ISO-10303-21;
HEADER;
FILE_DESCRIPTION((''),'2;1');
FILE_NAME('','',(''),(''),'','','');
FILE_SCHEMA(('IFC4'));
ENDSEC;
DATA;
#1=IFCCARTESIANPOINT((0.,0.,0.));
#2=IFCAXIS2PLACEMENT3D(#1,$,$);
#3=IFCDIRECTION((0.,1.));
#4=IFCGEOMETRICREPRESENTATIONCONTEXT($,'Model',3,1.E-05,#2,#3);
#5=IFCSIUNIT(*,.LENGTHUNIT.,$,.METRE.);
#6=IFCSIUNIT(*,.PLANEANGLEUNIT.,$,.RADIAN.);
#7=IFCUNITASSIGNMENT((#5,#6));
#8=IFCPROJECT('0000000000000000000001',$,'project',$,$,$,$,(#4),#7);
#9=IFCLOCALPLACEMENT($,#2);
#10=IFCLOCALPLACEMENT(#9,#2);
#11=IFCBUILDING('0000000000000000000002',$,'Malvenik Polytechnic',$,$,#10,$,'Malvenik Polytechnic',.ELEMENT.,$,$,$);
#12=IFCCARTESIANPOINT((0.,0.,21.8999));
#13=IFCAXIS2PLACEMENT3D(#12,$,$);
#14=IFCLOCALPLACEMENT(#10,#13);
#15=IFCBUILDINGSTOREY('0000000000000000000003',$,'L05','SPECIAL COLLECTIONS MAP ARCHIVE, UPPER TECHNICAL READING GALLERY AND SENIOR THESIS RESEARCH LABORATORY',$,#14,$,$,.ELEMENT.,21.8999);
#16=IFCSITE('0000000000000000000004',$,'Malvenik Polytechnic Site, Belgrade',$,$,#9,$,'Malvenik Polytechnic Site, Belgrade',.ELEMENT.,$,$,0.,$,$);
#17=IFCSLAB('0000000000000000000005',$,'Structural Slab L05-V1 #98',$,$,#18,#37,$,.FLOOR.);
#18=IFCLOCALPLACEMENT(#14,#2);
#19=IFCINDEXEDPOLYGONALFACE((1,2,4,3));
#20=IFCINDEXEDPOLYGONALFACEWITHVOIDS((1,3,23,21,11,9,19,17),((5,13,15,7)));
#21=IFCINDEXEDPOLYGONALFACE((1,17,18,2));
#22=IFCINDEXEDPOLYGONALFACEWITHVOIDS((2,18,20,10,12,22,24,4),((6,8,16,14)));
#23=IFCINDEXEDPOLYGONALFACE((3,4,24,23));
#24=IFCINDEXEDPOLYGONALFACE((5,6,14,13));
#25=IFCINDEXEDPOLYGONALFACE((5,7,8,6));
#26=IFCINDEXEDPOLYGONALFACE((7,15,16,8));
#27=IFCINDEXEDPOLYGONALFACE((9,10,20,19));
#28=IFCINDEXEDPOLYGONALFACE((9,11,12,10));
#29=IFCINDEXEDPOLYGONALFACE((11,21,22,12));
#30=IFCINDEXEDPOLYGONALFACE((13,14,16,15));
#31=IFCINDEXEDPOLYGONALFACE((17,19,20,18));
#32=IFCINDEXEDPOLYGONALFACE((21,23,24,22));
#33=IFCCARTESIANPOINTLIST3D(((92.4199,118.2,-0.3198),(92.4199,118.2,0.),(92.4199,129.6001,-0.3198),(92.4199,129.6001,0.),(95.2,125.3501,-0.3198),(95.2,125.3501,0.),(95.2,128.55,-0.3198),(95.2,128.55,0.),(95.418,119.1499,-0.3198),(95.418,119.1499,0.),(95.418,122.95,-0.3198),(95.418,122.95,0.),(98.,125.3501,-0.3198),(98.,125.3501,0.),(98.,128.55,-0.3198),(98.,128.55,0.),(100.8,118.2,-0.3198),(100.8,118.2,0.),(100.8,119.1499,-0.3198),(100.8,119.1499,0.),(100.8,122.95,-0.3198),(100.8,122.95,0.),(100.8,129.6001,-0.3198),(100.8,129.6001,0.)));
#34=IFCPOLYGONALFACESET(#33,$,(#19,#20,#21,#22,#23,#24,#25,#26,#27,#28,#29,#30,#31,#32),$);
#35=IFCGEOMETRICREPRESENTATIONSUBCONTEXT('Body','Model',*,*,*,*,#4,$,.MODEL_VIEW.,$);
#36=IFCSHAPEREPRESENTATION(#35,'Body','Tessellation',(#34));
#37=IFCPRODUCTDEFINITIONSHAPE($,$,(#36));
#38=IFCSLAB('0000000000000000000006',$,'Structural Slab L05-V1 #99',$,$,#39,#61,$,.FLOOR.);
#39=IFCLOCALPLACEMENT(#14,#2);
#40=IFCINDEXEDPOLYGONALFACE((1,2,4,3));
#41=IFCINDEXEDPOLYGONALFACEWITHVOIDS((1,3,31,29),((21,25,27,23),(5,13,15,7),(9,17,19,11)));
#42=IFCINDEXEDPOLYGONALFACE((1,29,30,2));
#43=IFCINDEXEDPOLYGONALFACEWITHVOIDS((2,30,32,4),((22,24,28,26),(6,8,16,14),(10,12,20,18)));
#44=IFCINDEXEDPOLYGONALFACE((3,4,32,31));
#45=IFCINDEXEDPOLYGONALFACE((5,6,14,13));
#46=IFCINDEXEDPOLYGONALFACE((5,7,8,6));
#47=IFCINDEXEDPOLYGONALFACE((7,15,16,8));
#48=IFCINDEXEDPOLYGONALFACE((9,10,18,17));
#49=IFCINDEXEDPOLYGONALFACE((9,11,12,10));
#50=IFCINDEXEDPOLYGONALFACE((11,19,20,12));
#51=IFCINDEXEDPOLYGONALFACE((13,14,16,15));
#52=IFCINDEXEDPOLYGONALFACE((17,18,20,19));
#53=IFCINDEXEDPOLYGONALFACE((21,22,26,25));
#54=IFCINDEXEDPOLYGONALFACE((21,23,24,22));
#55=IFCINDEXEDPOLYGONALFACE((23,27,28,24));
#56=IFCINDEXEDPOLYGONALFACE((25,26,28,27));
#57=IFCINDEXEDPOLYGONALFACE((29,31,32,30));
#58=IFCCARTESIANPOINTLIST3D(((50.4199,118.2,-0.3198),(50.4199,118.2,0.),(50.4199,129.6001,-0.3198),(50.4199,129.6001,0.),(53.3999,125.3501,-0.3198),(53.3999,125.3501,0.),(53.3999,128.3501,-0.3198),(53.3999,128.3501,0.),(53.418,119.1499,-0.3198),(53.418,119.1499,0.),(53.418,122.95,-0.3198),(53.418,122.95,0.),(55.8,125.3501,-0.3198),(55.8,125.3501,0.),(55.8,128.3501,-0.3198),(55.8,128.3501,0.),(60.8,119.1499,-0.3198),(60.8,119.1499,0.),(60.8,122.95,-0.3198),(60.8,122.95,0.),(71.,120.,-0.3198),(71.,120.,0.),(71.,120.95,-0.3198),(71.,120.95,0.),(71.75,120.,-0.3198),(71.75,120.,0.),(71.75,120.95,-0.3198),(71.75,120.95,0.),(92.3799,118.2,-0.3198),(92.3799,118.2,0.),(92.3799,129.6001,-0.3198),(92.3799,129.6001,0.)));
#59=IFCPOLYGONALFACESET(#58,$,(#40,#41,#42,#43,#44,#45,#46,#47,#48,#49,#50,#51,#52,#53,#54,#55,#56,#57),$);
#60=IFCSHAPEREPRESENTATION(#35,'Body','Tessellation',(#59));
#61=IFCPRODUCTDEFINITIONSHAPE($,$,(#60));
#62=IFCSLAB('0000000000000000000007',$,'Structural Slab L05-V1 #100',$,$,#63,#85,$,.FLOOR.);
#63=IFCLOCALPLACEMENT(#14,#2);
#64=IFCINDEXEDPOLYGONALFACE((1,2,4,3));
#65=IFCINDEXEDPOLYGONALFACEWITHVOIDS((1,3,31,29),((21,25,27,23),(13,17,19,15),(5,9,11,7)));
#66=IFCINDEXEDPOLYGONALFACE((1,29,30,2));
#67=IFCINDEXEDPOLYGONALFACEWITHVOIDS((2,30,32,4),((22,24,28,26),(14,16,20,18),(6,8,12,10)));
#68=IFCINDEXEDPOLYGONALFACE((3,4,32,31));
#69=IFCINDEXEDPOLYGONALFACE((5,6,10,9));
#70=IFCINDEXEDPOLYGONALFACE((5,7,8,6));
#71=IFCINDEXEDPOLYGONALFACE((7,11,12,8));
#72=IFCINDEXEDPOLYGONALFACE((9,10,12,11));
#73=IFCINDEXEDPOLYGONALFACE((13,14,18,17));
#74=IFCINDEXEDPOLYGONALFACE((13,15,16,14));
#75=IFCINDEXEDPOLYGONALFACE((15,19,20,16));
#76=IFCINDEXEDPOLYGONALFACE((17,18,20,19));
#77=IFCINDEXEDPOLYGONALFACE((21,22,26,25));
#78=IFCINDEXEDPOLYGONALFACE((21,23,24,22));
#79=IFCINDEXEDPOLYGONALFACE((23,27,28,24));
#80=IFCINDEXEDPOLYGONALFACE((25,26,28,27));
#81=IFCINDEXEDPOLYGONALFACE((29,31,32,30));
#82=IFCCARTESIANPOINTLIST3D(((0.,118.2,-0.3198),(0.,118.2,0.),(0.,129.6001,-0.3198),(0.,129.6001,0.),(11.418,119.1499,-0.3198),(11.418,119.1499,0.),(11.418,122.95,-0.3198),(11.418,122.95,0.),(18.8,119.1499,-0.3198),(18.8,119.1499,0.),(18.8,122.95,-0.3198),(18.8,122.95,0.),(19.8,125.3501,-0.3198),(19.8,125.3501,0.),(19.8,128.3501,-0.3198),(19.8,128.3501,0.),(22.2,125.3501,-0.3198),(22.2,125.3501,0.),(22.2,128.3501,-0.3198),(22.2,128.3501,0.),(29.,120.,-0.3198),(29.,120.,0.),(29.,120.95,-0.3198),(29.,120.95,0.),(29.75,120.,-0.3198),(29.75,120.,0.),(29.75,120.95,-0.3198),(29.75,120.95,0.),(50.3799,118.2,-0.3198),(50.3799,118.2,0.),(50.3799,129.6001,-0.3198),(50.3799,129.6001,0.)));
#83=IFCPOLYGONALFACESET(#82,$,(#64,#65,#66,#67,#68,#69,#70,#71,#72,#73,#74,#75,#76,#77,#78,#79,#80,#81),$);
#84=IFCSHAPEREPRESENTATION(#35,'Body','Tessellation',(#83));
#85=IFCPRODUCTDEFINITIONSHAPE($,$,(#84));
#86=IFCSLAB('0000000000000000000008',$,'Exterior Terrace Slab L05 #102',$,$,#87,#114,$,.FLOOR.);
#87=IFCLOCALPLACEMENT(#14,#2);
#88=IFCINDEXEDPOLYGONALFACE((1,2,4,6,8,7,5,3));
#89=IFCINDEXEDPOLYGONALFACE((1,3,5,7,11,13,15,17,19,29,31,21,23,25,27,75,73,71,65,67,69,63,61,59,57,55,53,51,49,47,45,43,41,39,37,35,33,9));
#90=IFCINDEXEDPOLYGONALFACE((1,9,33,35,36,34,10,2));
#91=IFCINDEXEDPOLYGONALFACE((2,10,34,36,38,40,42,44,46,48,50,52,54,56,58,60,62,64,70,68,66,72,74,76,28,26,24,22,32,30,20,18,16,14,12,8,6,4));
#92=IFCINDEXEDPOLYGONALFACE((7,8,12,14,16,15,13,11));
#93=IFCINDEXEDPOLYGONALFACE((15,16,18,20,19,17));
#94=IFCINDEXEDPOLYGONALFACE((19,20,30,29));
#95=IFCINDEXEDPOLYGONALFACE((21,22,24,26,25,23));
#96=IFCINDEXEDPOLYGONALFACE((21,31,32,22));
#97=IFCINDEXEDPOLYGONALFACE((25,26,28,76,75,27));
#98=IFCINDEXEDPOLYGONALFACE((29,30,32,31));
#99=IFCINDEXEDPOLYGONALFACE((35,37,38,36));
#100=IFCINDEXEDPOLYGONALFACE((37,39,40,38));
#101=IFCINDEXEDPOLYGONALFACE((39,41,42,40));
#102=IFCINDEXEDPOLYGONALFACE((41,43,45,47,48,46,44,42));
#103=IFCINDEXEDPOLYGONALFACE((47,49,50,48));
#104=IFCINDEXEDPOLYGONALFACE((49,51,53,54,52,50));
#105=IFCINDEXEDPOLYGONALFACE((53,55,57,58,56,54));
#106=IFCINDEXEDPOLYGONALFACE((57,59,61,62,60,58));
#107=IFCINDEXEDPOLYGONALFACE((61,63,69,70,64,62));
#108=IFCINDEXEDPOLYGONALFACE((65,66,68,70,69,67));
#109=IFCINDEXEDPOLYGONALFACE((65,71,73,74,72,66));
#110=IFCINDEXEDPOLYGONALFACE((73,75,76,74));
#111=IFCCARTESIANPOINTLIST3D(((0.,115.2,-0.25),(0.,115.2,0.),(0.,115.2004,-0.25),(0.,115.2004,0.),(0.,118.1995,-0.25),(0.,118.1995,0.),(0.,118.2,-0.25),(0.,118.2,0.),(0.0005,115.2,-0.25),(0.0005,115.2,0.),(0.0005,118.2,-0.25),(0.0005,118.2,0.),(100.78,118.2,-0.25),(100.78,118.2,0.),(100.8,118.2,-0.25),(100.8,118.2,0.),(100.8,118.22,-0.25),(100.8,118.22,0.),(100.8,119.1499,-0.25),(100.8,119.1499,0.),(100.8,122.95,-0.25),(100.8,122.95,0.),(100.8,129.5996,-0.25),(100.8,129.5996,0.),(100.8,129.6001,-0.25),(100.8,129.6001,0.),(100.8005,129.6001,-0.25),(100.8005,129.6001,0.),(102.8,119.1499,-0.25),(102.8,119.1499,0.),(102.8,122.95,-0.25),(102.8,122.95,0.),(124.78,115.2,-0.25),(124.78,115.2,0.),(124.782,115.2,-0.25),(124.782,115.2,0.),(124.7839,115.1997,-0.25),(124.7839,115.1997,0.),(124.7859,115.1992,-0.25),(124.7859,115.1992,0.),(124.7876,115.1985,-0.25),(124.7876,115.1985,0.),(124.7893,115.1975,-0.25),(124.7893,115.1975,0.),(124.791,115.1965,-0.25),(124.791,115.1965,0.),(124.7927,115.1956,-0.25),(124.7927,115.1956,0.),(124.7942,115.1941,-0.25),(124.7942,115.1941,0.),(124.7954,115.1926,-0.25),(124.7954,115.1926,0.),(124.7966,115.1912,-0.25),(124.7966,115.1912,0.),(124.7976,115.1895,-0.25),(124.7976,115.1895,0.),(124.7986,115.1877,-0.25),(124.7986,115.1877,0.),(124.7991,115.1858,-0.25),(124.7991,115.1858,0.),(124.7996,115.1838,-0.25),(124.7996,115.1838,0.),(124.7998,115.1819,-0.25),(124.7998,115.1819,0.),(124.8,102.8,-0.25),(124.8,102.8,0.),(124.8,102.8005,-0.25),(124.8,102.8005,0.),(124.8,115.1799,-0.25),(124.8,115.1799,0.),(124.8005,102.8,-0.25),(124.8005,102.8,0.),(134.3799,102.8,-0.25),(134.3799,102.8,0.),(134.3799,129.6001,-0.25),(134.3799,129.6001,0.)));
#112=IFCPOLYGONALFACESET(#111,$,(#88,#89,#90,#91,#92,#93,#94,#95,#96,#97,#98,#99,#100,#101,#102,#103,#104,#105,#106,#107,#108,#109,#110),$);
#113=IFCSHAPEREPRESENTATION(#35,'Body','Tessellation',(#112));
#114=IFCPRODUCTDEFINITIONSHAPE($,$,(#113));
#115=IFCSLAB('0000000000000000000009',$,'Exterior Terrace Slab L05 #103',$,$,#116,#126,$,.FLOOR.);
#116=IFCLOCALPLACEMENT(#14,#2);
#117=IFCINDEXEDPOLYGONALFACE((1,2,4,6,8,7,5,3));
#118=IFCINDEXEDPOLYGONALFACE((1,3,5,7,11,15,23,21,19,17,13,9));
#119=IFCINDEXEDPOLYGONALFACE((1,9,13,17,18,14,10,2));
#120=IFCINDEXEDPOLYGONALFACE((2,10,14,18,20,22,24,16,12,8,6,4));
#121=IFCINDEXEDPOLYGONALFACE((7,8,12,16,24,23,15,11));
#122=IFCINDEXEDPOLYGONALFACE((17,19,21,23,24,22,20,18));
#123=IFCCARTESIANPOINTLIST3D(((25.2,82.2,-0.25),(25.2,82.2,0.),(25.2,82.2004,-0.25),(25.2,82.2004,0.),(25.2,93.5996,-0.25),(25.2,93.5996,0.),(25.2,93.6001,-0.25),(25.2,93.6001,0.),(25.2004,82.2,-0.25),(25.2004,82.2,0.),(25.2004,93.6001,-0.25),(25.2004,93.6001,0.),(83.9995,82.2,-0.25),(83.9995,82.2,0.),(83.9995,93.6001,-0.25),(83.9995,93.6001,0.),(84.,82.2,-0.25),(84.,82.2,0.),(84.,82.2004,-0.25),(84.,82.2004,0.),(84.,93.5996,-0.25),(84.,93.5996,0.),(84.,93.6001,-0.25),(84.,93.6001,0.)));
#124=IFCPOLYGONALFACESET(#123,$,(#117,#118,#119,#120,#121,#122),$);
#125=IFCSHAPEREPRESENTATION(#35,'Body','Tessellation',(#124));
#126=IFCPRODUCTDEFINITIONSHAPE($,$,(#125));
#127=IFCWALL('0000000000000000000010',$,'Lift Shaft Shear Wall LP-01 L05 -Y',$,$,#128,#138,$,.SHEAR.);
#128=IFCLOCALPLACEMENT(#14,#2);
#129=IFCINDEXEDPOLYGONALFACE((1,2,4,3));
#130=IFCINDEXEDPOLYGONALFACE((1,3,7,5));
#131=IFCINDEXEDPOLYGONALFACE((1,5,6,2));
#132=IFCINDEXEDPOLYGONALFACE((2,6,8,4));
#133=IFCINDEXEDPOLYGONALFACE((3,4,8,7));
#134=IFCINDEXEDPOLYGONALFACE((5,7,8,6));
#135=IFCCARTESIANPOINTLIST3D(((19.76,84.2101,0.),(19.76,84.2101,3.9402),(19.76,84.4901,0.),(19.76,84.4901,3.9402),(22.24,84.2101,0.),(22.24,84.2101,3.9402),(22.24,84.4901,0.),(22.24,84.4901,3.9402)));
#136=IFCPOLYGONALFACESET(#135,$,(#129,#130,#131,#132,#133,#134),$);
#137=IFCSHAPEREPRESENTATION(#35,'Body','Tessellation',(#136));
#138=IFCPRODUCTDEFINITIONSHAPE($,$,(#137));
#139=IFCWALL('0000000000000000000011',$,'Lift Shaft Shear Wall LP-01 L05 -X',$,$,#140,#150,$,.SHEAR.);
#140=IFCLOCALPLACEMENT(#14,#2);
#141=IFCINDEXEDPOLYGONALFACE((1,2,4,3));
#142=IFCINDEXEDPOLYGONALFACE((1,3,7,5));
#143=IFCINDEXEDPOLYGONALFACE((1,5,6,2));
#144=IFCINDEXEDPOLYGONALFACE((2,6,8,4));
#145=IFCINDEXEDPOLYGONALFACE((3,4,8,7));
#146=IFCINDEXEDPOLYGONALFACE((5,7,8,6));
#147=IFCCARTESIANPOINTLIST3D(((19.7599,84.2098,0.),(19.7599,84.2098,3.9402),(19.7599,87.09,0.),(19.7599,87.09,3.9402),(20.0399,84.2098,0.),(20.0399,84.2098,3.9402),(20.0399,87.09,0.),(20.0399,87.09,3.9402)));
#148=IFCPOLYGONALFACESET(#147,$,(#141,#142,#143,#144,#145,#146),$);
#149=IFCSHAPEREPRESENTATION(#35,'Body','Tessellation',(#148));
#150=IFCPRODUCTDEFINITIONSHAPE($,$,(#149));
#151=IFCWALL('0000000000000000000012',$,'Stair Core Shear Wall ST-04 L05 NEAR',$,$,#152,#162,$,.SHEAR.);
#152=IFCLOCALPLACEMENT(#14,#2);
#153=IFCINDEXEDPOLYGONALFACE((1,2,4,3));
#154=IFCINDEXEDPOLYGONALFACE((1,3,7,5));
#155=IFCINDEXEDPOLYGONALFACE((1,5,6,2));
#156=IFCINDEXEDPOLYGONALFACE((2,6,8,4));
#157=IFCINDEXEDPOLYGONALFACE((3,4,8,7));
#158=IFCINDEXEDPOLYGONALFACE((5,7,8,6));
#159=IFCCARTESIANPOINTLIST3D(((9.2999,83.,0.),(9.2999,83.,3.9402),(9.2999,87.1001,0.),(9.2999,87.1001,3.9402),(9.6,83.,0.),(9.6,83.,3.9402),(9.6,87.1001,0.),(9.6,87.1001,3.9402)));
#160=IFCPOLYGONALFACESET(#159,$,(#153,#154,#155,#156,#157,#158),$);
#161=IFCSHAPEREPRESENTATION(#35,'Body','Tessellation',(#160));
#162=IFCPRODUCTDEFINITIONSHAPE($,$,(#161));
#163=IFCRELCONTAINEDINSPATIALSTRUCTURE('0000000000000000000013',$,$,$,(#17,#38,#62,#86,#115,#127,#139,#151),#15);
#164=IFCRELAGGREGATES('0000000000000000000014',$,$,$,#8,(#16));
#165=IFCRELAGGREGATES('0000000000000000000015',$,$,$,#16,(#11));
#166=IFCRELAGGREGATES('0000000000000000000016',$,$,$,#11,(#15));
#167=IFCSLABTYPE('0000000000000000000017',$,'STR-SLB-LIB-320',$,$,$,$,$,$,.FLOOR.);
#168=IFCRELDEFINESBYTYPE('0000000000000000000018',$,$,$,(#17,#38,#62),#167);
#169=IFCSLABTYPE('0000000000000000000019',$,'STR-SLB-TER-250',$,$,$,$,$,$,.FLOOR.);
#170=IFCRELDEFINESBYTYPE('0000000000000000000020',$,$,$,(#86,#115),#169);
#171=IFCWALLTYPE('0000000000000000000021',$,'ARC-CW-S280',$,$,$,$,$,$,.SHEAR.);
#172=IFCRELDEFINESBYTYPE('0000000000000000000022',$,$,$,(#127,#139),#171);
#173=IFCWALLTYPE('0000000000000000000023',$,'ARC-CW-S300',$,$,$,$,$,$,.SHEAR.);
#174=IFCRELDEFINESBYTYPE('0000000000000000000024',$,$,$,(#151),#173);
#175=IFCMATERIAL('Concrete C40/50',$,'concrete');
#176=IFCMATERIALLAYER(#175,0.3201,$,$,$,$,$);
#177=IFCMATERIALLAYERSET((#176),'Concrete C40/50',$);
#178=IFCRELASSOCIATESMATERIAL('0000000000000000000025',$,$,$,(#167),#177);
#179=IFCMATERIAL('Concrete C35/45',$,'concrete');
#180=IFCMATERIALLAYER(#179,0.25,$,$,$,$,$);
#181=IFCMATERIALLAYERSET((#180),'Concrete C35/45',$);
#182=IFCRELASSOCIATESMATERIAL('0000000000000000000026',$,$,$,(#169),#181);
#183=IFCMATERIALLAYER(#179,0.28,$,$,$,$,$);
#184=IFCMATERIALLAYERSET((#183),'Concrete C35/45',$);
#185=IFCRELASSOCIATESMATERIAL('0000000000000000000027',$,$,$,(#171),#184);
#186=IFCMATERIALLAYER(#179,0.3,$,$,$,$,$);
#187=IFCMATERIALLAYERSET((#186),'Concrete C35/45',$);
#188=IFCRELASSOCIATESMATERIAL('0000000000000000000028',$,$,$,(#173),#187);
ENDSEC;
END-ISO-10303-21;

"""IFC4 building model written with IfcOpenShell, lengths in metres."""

from ifc_helpers import new_model, si_unit, direction, frame, frame_2d, origin, place, context, subcontext, project, spatial, polyline, rectangle, outline, extrude, material, layer, layer_set, type_object, element, save


model = new_model("IFC4")

# Units and contexts
model_context = context("Model", 3, precision=1e-05, world=origin(), true_north=direction((0.0, 1.0)))
body_context = subcontext(model_context, "Body", "Model", "MODEL_VIEW")
ifc_project = project(units=[si_unit("LENGTHUNIT", "METRE"), si_unit("PLANEANGLEUNIT", "RADIAN")], contexts=[model_context])

# Site, building, storey
site_placement = place(None, origin())
site = spatial("IfcSite", under=ifc_project, at=site_placement, Name="Malvenik Polytechnic Site, Belgrade", LongName="Malvenik Polytechnic Site, Belgrade", CompositionType="ELEMENT", RefElevation=0.0)
building_placement = place(site_placement, origin())
building = spatial("IfcBuilding", under=site, at=building_placement, Name="Malvenik Polytechnic", LongName="Malvenik Polytechnic", CompositionType="ELEMENT")
storey_placement = place(building_placement, frame((0.0, 0.0, 21.8999)))
storey = spatial("IfcBuildingStorey", under=building, at=storey_placement, Name="L05", Description="SPECIAL COLLECTIONS MAP ARCHIVE, UPPER TECHNICAL READING GALLERY AND SENIOR THESIS RESEARCH LABORATORY", CompositionType="ELEMENT", Elevation=21.8999)

# Shared definitions
ifc_material_1 = material(Name="Concrete C35/45", Category="concrete")

# Slabs
ifc_material_2 = material(Name="Concrete C40/50", Category="concrete")
ifc_layer_1 = layer(ifc_material_2, 0.3201)
ifc_layer_set_1 = layer_set([ifc_layer_1], Name="Concrete C40/50")
slab_type_1 = type_object("IfcSlabType", Name="STR-SLB-LIB-320", PredefinedType="FLOOR", material=ifc_layer_set_1)
slab_1_placement = place(storey_placement, frame((0.0, 0.0, -0.3198)))
element("IfcSlab", 1, at=slab_1_placement, inside=storey, type_object=slab_type_1, Name="Structural Slab L05-V1 #98", PredefinedType="FLOOR", context=body_context, shape_type="SweptSolid", body=[
    extrude(outline(polyline([(92.4199, 118.2), (92.4199, 129.6001), (100.8, 129.6001), (100.8, 122.95), (95.418, 122.95), (95.418, 119.1499), (100.8, 119.1499), (100.8, 118.2), (92.4199, 118.2)]), holes=[polyline([(95.2, 128.55), (95.2, 125.3501), (98.0, 125.3501), (98.0, 128.55), (95.2, 128.55)])]), origin(), (0.0, 0.0, 1.0), 0.3198),
])
slab_2_placement = place(storey_placement, frame((0.0, 0.0, -0.3198)))
element("IfcSlab", 2, at=slab_2_placement, inside=storey, type_object=slab_type_1, Name="Structural Slab L05-V1 #99", PredefinedType="FLOOR", context=body_context, shape_type="SweptSolid", body=[
    extrude(outline(polyline([(50.4199, 118.2), (50.4199, 129.6001), (92.3799, 129.6001), (92.3799, 118.2), (50.4199, 118.2)]), holes=[polyline([(71.0, 120.95), (71.0, 120.0), (71.75, 120.0), (71.75, 120.95), (71.0, 120.95)]), polyline([(60.8, 122.95), (53.418, 122.95), (53.418, 119.1499), (60.8, 119.1499), (60.8, 122.95)]), polyline([(53.3999, 128.3501), (53.3999, 125.3501), (55.8, 125.3501), (55.8, 128.3501), (53.3999, 128.3501)])]), origin(), (0.0, 0.0, 1.0), 0.3198),
])
slab_3_placement = place(storey_placement, frame((0.0, 0.0, -0.3198)))
element("IfcSlab", 3, at=slab_3_placement, inside=storey, type_object=slab_type_1, Name="Structural Slab L05-V1 #100", PredefinedType="FLOOR", context=body_context, shape_type="SweptSolid", body=[
    extrude(outline(polyline([(0.0, 118.2), (0.0, 129.6001), (50.3799, 129.6001), (50.3799, 118.2), (0.0, 118.2)]), holes=[polyline([(29.0, 120.95), (29.0, 120.0), (29.75, 120.0), (29.75, 120.95), (29.0, 120.95)]), polyline([(18.8, 122.95), (11.418, 122.95), (11.418, 119.1499), (18.8, 119.1499), (18.8, 122.95)]), polyline([(19.8, 125.3501), (22.2, 125.3501), (22.2, 128.3501), (19.8, 128.3501), (19.8, 125.3501)])]), origin(), (0.0, 0.0, 1.0), 0.3198),
])
ifc_layer_2 = layer(ifc_material_1, 0.25)
ifc_layer_set_2 = layer_set([ifc_layer_2], Name="Concrete C35/45")
slab_type_2 = type_object("IfcSlabType", Name="STR-SLB-TER-250", PredefinedType="FLOOR", material=ifc_layer_set_2)
slab_4_placement = place(storey_placement, frame((0.0, 0.0, -0.25)))
element("IfcSlab", 4, at=slab_4_placement, inside=storey, type_object=slab_type_2, Name="Exterior Terrace Slab L05 #102", PredefinedType="FLOOR", context=body_context, shape_type="SweptSolid", body=[
    extrude(outline(polyline([(100.8, 118.2), (100.8, 118.22), (100.8, 119.1499), (102.8, 119.1499), (102.8, 122.95), (100.8, 122.95), (100.8, 129.5996), (100.8, 129.6001), (100.8005, 129.6001), (134.3799, 129.6001), (134.3799, 102.8), (124.8005, 102.8), (124.8, 102.8), (124.8, 102.8005), (124.8, 115.1799), (124.7998, 115.1819), (124.7996, 115.1838), (124.7991, 115.1858), (124.7986, 115.1877), (124.7976, 115.1895), (124.7966, 115.1912), (124.7954, 115.1926), (124.7942, 115.1941), (124.7927, 115.1956), (124.791, 115.1965), (124.7893, 115.1975), (124.7876, 115.1985), (124.7859, 115.1992), (124.7839, 115.1997), (124.782, 115.2), (124.78, 115.2), (0.0005, 115.2), (0.0, 115.2), (0.0, 115.2004), (0.0, 118.1995), (0.0, 118.2), (0.0005, 118.2), (100.78, 118.2), (100.8, 118.2)])), origin(), (0.0, 0.0, 1.0), 0.25),
])
slab_5_placement = place(storey_placement, frame((0.0, 0.0, -0.25)))
element("IfcSlab", 5, at=slab_5_placement, inside=storey, type_object=slab_type_2, Name="Exterior Terrace Slab L05 #103", PredefinedType="FLOOR", context=body_context, shape_type="SweptSolid", body=[
    extrude(outline(polyline([(83.9995, 93.6001), (84.0, 93.6001), (84.0, 93.5996), (84.0, 82.2004), (84.0, 82.2), (83.9995, 82.2), (25.2004, 82.2), (25.2, 82.2), (25.2, 82.2004), (25.2, 93.5996), (25.2, 93.6001), (25.2004, 93.6001), (83.9995, 93.6001)])), origin(), (0.0, 0.0, 1.0), 0.25),
])

# Walls
ifc_layer_3 = layer(ifc_material_1, 0.28)
ifc_layer_set_3 = layer_set([ifc_layer_3], Name="Concrete C35/45")
wall_type_1 = type_object("IfcWallType", Name="ARC-CW-S280", PredefinedType="SHEAR", material=ifc_layer_set_3)
wall_1_placement = place(storey_placement, frame((22.24, 84.3501, 0.0), z_axis=(0.0, 0.0, 1.0), x_axis=(-1.0, 0.0, 0.0)))
element("IfcWall", 6, at=wall_1_placement, inside=storey, type_object=wall_type_1, Name="Lift Shaft Shear Wall LP-01 L05 -Y", PredefinedType="SHEAR", context=body_context, shape_type="SweptSolid", body=[
    extrude(rectangle(XDim=2.48, YDim=0.28, at=frame_2d((1.24, 0.0))), origin(), (0.0, 0.0, 1.0), 3.9402),
])
wall_2_placement = place(storey_placement, frame((19.8999, 84.21, 0.0), z_axis=(0.0, 0.0, 1.0), x_axis=(0.0, 1.0, 0.0)))
element("IfcWall", 7, at=wall_2_placement, inside=storey, type_object=wall_type_1, Name="Lift Shaft Shear Wall LP-01 L05 -X", PredefinedType="SHEAR", context=body_context, shape_type="SweptSolid", body=[
    extrude(rectangle(XDim=2.8801, YDim=0.28, at=frame_2d((1.4399, 0.0))), origin(), (0.0, 0.0, 1.0), 3.9402),
])
ifc_layer_4 = layer(ifc_material_1, 0.3)
ifc_layer_set_4 = layer_set([ifc_layer_4], Name="Concrete C35/45")
wall_type_2 = type_object("IfcWallType", Name="ARC-CW-S300", PredefinedType="SHEAR", material=ifc_layer_set_4)
wall_3_placement = place(storey_placement, frame((9.45, 83.0, 0.0), z_axis=(0.0, 0.0, 1.0), x_axis=(0.0, 1.0, 0.0)))
element("IfcWall", 8, at=wall_3_placement, inside=storey, type_object=wall_type_2, Name="Stair Core Shear Wall ST-04 L05 NEAR", PredefinedType="SHEAR", context=body_context, shape_type="SweptSolid", body=[
    extrude(rectangle(XDim=4.1001, YDim=0.3, at=frame_2d((2.05, 0.0))), origin(), (0.0, 0.0, 1.0), 3.9402),
])

save(model, "model.ifc")
